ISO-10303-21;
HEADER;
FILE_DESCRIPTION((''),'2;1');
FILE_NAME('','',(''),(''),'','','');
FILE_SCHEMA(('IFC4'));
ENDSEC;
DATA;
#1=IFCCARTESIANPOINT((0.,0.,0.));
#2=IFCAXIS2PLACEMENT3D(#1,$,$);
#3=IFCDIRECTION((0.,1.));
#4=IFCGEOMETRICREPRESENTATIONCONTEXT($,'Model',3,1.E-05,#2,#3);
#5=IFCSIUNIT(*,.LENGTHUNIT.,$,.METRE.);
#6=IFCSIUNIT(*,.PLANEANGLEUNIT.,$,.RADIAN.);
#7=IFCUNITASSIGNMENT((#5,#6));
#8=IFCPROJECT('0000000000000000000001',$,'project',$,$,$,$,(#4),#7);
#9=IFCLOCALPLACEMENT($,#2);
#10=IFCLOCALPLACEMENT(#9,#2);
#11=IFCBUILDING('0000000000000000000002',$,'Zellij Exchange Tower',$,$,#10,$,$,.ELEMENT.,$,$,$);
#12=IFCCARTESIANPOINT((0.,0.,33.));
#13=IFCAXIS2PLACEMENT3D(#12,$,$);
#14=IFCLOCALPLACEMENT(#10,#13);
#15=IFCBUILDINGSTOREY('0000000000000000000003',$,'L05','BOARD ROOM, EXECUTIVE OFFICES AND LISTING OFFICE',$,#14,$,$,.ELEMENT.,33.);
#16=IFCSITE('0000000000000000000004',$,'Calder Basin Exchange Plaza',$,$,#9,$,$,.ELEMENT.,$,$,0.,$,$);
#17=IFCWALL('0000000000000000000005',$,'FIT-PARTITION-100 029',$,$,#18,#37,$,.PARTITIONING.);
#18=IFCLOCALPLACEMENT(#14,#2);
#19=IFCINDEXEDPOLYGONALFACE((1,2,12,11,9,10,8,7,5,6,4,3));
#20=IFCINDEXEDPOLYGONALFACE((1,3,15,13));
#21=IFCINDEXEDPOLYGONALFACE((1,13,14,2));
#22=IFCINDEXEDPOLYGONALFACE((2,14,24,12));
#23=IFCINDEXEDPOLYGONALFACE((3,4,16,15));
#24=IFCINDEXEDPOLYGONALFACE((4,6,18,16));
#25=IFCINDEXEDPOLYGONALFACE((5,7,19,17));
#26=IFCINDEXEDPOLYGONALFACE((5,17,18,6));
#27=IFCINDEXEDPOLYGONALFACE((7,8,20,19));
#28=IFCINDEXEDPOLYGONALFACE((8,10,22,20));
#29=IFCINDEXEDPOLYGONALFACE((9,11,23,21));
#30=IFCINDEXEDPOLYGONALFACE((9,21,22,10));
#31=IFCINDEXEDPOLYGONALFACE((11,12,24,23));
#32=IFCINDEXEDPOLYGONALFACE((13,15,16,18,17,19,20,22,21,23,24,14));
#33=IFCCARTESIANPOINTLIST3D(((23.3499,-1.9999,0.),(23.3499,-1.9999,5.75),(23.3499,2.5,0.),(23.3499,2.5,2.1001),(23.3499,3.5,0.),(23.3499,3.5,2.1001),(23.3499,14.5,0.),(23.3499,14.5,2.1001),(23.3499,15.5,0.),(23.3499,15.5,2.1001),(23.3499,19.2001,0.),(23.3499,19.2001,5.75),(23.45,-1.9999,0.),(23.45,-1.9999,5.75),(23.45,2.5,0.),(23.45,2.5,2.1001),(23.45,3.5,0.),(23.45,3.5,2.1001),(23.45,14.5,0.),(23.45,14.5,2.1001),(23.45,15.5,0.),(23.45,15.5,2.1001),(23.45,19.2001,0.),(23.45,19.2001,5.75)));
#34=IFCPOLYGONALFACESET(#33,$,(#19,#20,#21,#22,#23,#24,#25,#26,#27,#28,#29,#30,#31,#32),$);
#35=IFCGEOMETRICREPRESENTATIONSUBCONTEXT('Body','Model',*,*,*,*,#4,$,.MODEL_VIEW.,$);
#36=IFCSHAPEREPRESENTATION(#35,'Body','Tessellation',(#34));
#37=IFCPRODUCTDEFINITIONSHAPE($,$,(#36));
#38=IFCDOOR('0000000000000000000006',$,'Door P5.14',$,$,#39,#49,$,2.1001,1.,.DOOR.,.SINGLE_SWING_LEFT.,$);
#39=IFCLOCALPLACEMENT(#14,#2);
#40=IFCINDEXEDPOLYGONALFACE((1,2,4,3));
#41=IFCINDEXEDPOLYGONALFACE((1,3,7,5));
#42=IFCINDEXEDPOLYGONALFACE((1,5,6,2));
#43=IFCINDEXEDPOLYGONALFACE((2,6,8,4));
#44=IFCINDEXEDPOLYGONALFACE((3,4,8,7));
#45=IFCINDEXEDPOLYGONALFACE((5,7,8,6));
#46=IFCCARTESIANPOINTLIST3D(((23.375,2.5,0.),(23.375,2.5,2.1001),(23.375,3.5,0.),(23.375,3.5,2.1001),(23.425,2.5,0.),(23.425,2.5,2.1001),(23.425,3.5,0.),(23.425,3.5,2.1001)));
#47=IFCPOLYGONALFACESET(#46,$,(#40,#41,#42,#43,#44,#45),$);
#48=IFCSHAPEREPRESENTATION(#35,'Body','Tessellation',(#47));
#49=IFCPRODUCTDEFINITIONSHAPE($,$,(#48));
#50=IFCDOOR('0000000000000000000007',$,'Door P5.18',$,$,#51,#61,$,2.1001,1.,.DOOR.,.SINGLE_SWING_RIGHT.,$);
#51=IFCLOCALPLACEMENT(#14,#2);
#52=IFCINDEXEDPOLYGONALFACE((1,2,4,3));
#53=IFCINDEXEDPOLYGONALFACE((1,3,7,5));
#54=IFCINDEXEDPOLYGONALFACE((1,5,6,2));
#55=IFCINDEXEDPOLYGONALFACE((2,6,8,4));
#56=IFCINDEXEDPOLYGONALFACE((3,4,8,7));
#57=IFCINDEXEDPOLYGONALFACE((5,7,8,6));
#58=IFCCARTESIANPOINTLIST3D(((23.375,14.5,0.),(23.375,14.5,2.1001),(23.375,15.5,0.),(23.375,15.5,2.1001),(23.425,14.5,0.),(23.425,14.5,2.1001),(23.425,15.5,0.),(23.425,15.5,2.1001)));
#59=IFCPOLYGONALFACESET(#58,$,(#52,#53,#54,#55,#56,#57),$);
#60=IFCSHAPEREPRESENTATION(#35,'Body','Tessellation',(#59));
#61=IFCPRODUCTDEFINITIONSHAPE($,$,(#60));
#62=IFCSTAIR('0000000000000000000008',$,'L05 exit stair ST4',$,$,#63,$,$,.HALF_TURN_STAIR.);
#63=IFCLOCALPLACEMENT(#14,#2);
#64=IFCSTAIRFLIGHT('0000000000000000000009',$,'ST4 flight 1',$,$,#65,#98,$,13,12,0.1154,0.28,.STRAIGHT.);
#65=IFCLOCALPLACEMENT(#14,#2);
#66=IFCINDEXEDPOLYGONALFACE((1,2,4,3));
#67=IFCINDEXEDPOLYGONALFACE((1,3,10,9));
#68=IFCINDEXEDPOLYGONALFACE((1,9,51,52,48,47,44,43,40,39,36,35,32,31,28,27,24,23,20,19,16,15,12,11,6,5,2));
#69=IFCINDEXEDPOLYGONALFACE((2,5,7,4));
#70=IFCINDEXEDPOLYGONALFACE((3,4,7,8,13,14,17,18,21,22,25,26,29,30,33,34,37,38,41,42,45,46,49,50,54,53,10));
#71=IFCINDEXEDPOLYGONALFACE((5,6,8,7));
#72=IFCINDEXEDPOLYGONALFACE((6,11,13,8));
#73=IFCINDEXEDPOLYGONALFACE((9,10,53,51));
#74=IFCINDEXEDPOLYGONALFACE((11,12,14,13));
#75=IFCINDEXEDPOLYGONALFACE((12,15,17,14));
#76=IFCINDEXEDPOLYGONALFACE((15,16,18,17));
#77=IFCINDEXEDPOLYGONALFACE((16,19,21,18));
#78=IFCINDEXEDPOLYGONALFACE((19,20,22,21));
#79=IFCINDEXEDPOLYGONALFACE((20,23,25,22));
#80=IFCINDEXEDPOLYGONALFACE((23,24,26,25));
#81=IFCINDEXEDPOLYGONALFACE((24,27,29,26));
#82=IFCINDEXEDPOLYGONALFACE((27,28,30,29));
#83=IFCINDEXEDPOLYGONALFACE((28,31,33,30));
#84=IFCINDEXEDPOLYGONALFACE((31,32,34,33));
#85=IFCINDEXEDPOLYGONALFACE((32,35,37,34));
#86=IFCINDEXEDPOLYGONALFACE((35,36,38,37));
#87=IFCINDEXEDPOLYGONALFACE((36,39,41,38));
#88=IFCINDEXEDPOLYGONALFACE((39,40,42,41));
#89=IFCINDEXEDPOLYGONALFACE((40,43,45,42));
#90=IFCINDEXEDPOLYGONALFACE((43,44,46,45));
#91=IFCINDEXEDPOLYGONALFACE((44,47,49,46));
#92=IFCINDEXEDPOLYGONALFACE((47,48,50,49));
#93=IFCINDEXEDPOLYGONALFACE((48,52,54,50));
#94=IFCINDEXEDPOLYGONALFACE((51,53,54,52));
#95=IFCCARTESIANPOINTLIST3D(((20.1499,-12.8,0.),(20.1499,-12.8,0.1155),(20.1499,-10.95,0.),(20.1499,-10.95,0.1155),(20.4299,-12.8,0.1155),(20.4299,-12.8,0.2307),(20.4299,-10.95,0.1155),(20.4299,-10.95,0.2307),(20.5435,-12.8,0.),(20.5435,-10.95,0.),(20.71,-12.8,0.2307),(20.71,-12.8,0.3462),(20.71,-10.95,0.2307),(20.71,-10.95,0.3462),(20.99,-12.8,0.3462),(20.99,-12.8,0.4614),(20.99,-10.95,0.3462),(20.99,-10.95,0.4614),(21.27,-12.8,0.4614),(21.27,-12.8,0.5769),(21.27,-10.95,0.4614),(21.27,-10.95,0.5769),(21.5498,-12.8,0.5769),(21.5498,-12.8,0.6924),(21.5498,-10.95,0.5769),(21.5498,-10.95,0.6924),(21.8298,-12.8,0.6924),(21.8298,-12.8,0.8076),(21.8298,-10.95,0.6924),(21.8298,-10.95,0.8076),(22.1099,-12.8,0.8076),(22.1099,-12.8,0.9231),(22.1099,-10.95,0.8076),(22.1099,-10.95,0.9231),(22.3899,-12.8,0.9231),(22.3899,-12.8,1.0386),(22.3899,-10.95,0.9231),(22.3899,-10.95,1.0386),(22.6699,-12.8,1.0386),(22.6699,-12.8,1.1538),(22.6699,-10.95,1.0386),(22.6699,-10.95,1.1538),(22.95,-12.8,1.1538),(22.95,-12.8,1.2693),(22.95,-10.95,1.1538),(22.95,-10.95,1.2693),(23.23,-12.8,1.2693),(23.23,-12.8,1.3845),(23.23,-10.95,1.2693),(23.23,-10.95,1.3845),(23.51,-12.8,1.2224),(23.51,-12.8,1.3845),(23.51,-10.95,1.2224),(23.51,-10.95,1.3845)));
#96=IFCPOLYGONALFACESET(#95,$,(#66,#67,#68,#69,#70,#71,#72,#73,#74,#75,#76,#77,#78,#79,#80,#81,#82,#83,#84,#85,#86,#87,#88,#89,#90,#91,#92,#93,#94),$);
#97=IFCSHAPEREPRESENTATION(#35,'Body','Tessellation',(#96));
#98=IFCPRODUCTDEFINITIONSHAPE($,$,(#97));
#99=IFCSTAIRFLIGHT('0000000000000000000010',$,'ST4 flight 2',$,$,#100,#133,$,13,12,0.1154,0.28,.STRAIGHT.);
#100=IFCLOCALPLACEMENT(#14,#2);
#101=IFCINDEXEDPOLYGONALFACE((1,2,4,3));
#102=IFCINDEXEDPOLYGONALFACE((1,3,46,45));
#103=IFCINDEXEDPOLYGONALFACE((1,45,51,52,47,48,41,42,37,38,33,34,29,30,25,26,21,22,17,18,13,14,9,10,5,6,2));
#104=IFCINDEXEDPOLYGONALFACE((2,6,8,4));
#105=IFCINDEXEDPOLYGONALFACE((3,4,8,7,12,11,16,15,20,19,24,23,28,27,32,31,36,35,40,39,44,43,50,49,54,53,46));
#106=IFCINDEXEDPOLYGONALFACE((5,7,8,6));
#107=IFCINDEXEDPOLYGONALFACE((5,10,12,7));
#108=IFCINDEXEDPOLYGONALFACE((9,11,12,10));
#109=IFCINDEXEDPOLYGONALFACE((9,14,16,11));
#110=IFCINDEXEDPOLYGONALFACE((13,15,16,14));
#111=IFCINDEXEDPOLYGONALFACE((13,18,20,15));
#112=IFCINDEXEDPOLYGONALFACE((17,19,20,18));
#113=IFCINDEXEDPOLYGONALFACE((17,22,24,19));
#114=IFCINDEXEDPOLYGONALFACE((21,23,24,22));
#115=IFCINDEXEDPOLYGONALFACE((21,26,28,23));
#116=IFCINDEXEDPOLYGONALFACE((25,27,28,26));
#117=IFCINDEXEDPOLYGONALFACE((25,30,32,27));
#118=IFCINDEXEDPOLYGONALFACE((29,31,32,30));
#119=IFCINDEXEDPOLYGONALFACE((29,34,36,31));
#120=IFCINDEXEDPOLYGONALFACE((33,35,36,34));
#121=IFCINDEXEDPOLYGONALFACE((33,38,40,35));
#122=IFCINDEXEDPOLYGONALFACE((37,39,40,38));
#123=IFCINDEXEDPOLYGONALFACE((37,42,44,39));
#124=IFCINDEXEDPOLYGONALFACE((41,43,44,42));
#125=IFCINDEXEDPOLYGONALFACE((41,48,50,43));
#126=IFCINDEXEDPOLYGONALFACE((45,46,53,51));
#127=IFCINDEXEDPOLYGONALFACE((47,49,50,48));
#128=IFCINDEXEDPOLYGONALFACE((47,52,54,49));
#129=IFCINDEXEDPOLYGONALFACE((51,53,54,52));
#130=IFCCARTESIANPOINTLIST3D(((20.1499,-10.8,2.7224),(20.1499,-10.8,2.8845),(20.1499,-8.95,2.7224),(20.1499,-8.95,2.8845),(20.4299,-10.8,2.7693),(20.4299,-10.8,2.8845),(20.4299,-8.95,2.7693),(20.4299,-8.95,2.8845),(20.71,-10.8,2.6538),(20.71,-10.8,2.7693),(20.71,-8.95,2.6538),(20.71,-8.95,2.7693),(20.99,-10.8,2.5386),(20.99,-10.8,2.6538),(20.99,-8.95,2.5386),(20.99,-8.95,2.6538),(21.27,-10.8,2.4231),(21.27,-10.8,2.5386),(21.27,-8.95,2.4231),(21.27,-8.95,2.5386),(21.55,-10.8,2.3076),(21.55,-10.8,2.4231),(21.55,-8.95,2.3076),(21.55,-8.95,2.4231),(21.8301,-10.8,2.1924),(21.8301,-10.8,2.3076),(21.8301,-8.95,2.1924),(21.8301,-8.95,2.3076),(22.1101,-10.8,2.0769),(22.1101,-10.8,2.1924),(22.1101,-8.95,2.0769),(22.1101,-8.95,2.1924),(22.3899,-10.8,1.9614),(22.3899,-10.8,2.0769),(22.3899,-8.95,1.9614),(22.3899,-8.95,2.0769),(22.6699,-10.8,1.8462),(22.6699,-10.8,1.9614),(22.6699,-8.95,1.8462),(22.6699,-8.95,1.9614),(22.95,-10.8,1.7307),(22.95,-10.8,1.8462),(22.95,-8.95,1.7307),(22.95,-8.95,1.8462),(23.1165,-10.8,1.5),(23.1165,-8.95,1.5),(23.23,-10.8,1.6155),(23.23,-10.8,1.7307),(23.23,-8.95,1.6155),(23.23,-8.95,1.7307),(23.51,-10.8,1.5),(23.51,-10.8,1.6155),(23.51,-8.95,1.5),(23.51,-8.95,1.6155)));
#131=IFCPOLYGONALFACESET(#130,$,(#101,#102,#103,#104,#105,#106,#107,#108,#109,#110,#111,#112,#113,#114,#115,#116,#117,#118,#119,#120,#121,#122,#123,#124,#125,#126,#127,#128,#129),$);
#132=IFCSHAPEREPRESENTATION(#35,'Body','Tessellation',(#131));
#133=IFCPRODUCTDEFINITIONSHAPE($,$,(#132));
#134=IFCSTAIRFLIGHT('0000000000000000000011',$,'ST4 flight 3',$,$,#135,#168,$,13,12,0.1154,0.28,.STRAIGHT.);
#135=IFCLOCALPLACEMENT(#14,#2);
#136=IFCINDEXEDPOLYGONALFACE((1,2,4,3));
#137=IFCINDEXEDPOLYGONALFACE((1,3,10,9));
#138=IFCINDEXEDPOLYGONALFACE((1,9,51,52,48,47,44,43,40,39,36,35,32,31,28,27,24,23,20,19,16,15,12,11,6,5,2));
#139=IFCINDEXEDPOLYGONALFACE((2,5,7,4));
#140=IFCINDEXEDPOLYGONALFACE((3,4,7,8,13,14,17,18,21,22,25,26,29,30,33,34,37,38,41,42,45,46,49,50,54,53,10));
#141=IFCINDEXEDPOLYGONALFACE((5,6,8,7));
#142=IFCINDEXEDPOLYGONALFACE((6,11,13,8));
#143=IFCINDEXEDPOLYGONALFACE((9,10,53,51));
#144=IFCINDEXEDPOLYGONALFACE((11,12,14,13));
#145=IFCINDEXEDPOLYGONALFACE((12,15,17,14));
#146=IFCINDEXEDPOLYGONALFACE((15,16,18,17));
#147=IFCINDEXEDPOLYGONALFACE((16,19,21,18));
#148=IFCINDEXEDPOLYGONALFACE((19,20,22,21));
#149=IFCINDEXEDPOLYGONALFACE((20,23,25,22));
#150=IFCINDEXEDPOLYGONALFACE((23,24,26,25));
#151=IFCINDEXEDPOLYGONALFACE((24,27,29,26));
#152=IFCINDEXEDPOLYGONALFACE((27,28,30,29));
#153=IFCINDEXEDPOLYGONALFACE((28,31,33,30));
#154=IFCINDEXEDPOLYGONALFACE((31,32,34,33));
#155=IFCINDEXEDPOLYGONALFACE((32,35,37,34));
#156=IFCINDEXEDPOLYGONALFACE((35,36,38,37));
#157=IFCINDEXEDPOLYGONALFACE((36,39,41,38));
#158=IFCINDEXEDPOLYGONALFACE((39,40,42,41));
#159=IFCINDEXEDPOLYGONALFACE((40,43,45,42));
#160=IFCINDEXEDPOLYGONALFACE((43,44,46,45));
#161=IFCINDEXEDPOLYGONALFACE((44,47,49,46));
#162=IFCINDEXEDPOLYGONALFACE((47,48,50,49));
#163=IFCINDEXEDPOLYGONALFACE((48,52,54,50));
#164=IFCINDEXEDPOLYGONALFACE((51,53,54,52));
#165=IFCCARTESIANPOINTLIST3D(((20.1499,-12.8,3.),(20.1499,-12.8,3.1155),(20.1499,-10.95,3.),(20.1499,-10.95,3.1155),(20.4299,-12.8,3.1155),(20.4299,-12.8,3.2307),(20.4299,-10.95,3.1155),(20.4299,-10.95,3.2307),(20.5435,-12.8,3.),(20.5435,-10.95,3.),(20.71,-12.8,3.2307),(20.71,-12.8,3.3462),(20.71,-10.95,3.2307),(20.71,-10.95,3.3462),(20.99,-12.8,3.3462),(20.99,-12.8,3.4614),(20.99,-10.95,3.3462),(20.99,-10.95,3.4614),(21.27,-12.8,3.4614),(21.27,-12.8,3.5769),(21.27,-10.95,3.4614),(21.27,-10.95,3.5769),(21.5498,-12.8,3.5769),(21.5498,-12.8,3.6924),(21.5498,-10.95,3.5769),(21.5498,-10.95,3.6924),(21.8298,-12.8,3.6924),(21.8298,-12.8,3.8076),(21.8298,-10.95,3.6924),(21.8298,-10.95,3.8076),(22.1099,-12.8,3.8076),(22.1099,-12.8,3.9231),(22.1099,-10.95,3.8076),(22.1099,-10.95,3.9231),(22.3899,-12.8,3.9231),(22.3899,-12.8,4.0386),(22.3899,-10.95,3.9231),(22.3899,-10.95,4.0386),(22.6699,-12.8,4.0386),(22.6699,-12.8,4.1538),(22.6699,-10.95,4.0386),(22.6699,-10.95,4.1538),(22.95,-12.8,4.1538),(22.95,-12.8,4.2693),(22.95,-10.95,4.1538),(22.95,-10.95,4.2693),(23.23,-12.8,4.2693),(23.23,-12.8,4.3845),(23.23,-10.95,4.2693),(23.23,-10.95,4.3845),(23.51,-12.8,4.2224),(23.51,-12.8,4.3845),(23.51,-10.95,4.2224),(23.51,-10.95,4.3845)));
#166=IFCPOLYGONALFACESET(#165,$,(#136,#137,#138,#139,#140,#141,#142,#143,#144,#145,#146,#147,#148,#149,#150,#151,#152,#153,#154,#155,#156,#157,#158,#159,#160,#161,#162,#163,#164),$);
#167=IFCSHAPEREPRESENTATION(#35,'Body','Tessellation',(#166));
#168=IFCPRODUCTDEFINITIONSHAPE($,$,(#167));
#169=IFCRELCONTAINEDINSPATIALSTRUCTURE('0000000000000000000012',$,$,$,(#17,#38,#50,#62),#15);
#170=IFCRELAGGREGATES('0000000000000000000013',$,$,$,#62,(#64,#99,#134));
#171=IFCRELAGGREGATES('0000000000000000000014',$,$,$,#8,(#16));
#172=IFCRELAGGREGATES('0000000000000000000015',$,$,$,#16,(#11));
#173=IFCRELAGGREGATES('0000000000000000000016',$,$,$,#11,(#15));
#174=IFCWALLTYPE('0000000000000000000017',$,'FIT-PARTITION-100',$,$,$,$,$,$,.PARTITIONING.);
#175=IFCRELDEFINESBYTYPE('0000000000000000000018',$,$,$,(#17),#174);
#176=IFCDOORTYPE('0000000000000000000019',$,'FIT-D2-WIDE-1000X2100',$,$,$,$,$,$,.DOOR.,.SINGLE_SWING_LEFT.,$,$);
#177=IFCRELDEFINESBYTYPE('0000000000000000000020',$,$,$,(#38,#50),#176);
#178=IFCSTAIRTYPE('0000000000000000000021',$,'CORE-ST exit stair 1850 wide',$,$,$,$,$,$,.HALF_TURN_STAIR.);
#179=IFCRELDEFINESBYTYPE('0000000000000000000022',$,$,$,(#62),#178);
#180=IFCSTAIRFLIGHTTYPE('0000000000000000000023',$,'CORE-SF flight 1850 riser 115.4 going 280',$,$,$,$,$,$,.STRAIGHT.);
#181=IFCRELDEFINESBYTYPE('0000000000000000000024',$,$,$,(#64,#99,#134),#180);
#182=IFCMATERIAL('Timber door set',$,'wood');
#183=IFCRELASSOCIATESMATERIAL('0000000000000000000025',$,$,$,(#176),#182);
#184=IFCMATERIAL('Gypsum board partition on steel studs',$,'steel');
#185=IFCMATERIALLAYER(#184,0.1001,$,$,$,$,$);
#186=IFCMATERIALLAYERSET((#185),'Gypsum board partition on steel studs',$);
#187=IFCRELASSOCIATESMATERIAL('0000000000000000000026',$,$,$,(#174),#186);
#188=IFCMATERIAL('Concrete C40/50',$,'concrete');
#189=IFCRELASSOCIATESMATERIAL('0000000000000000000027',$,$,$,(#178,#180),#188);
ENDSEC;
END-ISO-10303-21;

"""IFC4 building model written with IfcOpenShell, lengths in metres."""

from ifc_helpers import new_model, si_unit, direction, frame, frame_2d, origin, place, context, subcontext, project, spatial, polyline, rectangle, outline, extrude, material, layer, layer_set, type_object, element, fill, aggregate, save


model = new_model("IFC4")

# Units and contexts
model_context = context("Model", 3, precision=1e-05, world=origin(), true_north=direction((0.0, 1.0)))
body_context = subcontext(model_context, "Body", "Model", "MODEL_VIEW")
ifc_project = project(units=[si_unit("LENGTHUNIT", "METRE"), si_unit("PLANEANGLEUNIT", "RADIAN")], contexts=[model_context])

# Site, building, storey
site_placement = place(None, origin())
site = spatial("IfcSite", under=ifc_project, at=site_placement, Name="Calder Basin Exchange Plaza", CompositionType="ELEMENT", RefElevation=0.0)
building_placement = place(site_placement, origin())
building = spatial("IfcBuilding", under=site, at=building_placement, Name="Zellij Exchange Tower", CompositionType="ELEMENT")
storey_placement = place(building_placement, frame((0.0, 0.0, 33.0)))
storey = spatial("IfcBuildingStorey", under=building, at=storey_placement, Name="L05", Description="BOARD ROOM, EXECUTIVE OFFICES AND LISTING OFFICE", CompositionType="ELEMENT", Elevation=33.0)

# Shared definitions
ifc_material_1 = material(Name="Timber door set", Category="wood")
door_type_1 = type_object("IfcDoorType", Name="FIT-D2-WIDE-1000X2100", OperationType="SINGLE_SWING_LEFT", PredefinedType="DOOR", material=ifc_material_1)

# Wall, openings, doors
ifc_material_2 = material(Name="Gypsum board partition on steel studs", Category="steel")
ifc_layer_1 = layer(ifc_material_2, 0.1001)
ifc_layer_set_1 = layer_set([ifc_layer_1], Name="Gypsum board partition on steel studs")
wall_type_1 = type_object("IfcWallType", Name="FIT-PARTITION-100", PredefinedType="PARTITIONING", material=ifc_layer_set_1)
wall_1_placement = place(storey_placement, frame((23.3999, -2.0, 0.0), z_axis=(0.0, 0.0, 1.0), x_axis=(0.0, 1.0, 0.0)))
wall_1 = element("IfcWall", 1, at=wall_1_placement, inside=storey, type_object=wall_type_1, Name="FIT-PARTITION-100 029", PredefinedType="PARTITIONING", context=body_context, shape_type="SweptSolid", body=[
    extrude(rectangle(XDim=21.2, YDim=0.1001, at=frame_2d((10.6001, 0.0))), origin(), (0.0, 0.0, 1.0), 5.75),
])
opening_1_placement = place(wall_1_placement, frame((4.5, 0.0, 0.0)))
opening_1 = element("IfcOpeningElement", 2, at=opening_1_placement, cuts=wall_1, PredefinedType="OPENING", context=body_context, shape_type="SweptSolid", body=[
    extrude(rectangle(XDim=1.0, YDim=2.1001, at=frame_2d((0.5, 1.05))), frame((0.0, 0.062, 0.0), z_axis=(0.0, -1.0, 0.0), x_axis=(1.0, 0.0, 0.0)), (0.0, 0.0, 1.0), 0.124),
])
opening_2_placement = place(wall_1_placement, frame((16.5, 0.0, 0.0)))
opening_2 = element("IfcOpeningElement", 3, at=opening_2_placement, cuts=wall_1, PredefinedType="OPENING", context=body_context, shape_type="SweptSolid", body=[
    extrude(rectangle(XDim=1.0, YDim=2.1001, at=frame_2d((0.5, 1.05))), frame((0.0, 0.062, 0.0), z_axis=(0.0, -1.0, 0.0), x_axis=(1.0, 0.0, 0.0)), (0.0, 0.0, 1.0), 0.124),
])
door_1_placement = place(opening_1_placement, origin())
door_1 = element("IfcDoor", 4, at=door_1_placement, inside=storey, type_object=door_type_1, Name="Door P5.14", OperationType="SINGLE_SWING_LEFT", OverallHeight=2.1001, OverallWidth=1.0, PredefinedType="DOOR", context=body_context, shape_type="SweptSolid", body=[
    extrude(rectangle(XDim=1.0, YDim=2.1001, at=frame_2d((0.5, 1.05))), frame((0.0, 0.0249, 0.0), z_axis=(0.0, -1.0, 0.0), x_axis=(1.0, 0.0, 0.0)), (0.0, 0.0, 1.0), 0.05),
])
fill(opening_1, door_1)
door_2_placement = place(opening_2_placement, origin())
door_2 = element("IfcDoor", 5, at=door_2_placement, inside=storey, type_object=door_type_1, Name="Door P5.18", OperationType="SINGLE_SWING_RIGHT", OverallHeight=2.1001, OverallWidth=1.0, PredefinedType="DOOR", context=body_context, shape_type="SweptSolid", body=[
    extrude(rectangle(XDim=1.0, YDim=2.1001, at=frame_2d((0.5, 1.05))), frame((0.0, 0.0249, 0.0), z_axis=(0.0, -1.0, 0.0), x_axis=(1.0, 0.0, 0.0)), (0.0, 0.0, 1.0), 0.05),
])
fill(opening_2, door_2)

# Stair, stair flights
ifc_material_3 = material(Name="Concrete C40/50", Category="concrete")
stair_type = type_object("IfcStairType", Name="CORE-ST exit stair 1850 wide", PredefinedType="HALF_TURN_STAIR", material=ifc_material_3)
stair_placement = place(storey_placement, origin())
stair = element("IfcStair", 6, at=stair_placement, inside=storey, type_object=stair_type, Name="L05 exit stair ST4", PredefinedType="HALF_TURN_STAIR")
stair_flight_type = type_object("IfcStairFlightType", Name="CORE-SF flight 1850 riser 115.4 going 280", PredefinedType="STRAIGHT", material=ifc_material_3)
stair_flight_1_placement = place(storey_placement, frame((20.1499, -11.875, 0.0), z_axis=(0.0, 0.0, 1.0), x_axis=(1.0, 0.0, 0.0)))
stair_flight_1 = element("IfcStairFlight", 7, at=stair_flight_1_placement, type_object=stair_flight_type, Name="ST4 flight 1", NumberOfRisers=13, NumberOfTreads=12, PredefinedType="STRAIGHT", RiserHeight=0.1154, TreadLength=0.28, context=body_context, shape_type="SweptSolid", body=[
    extrude(outline(polyline([(0.0, 0.0), (0.0, 0.1155), (0.28, 0.1155), (0.28, 0.2307), (0.5601, 0.2307), (0.5601, 0.3462), (0.8401, 0.3462), (0.8401, 0.4614), (1.1201, 0.4614), (1.1201, 0.5769), (1.3999, 0.5769), (1.3999, 0.6924), (1.6799, 0.6924), (1.6799, 0.8076), (1.96, 0.8076), (1.96, 0.9231), (2.24, 0.9231), (2.24, 1.0386), (2.52, 1.0386), (2.52, 1.1538), (2.8, 1.1538), (2.8, 1.2693), (3.0801, 1.2693), (3.0801, 1.3845), (3.3601, 1.3845), (3.3601, 1.5), (3.3601, 1.2224), (0.3936, 0.0), (0.0, 0.0)])), frame((0.0, 0.925, 0.0), z_axis=(0.0, -1.0, 0.0), x_axis=(1.0, 0.0, 0.0)), (0.0, 0.0, 1.0), 1.8501),
])
stair_flight_2_placement = place(storey_placement, frame((23.51, -9.875, 1.5), z_axis=(0.0, 0.0, 1.0), x_axis=(-1.0, 0.0, 0.0)))
stair_flight_2 = element("IfcStairFlight", 8, at=stair_flight_2_placement, type_object=stair_flight_type, Name="ST4 flight 2", NumberOfRisers=13, NumberOfTreads=12, PredefinedType="STRAIGHT", RiserHeight=0.1154, TreadLength=0.28, context=body_context, shape_type="SweptSolid", body=[
    extrude(outline(polyline([(0.0, 0.0), (0.0, 0.1155), (0.28, 0.1155), (0.28, 0.2307), (0.5601, 0.2307), (0.5601, 0.3462), (0.8401, 0.3462), (0.8401, 0.4614), (1.1201, 0.4614), (1.1201, 0.5769), (1.3999, 0.5769), (1.3999, 0.6924), (1.6799, 0.6924), (1.6799, 0.8076), (1.96, 0.8076), (1.96, 0.9231), (2.24, 0.9231), (2.24, 1.0386), (2.52, 1.0386), (2.52, 1.1538), (2.8, 1.1538), (2.8, 1.2693), (3.0801, 1.2693), (3.0801, 1.3845), (3.3601, 1.3845), (3.3601, 1.5), (3.3601, 1.2224), (0.3936, 0.0), (0.0, 0.0)])), frame((0.0, 0.925, 0.0), z_axis=(0.0, -1.0, 0.0), x_axis=(1.0, 0.0, 0.0)), (0.0, 0.0, 1.0), 1.8501),
])
stair_flight_3_placement = place(storey_placement, frame((20.1499, -11.875, 3.0), z_axis=(0.0, 0.0, 1.0), x_axis=(1.0, 0.0, 0.0)))
stair_flight_3 = element("IfcStairFlight", 9, at=stair_flight_3_placement, type_object=stair_flight_type, Name="ST4 flight 3", NumberOfRisers=13, NumberOfTreads=12, PredefinedType="STRAIGHT", RiserHeight=0.1154, TreadLength=0.28, context=body_context, shape_type="SweptSolid", body=[
    extrude(outline(polyline([(0.0, 0.0), (0.0, 0.1155), (0.28, 0.1155), (0.28, 0.2307), (0.5601, 0.2307), (0.5601, 0.3462), (0.8401, 0.3462), (0.8401, 0.4614), (1.1201, 0.4614), (1.1201, 0.5769), (1.3999, 0.5769), (1.3999, 0.6924), (1.6799, 0.6924), (1.6799, 0.8076), (1.96, 0.8076), (1.96, 0.9231), (2.24, 0.9231), (2.24, 1.0386), (2.52, 1.0386), (2.52, 1.1538), (2.8, 1.1538), (2.8, 1.2693), (3.0801, 1.2693), (3.0801, 1.3845), (3.3601, 1.3845), (3.3601, 1.5), (3.3601, 1.2224), (0.3936, 0.0), (0.0, 0.0)])), frame((0.0, 0.925, 0.0), z_axis=(0.0, -1.0, 0.0), x_axis=(1.0, 0.0, 0.0)), (0.0, 0.0, 1.0), 1.8501),
])
aggregate(stair, [stair_flight_1, stair_flight_2, stair_flight_3])

save(model, "model.ifc")
